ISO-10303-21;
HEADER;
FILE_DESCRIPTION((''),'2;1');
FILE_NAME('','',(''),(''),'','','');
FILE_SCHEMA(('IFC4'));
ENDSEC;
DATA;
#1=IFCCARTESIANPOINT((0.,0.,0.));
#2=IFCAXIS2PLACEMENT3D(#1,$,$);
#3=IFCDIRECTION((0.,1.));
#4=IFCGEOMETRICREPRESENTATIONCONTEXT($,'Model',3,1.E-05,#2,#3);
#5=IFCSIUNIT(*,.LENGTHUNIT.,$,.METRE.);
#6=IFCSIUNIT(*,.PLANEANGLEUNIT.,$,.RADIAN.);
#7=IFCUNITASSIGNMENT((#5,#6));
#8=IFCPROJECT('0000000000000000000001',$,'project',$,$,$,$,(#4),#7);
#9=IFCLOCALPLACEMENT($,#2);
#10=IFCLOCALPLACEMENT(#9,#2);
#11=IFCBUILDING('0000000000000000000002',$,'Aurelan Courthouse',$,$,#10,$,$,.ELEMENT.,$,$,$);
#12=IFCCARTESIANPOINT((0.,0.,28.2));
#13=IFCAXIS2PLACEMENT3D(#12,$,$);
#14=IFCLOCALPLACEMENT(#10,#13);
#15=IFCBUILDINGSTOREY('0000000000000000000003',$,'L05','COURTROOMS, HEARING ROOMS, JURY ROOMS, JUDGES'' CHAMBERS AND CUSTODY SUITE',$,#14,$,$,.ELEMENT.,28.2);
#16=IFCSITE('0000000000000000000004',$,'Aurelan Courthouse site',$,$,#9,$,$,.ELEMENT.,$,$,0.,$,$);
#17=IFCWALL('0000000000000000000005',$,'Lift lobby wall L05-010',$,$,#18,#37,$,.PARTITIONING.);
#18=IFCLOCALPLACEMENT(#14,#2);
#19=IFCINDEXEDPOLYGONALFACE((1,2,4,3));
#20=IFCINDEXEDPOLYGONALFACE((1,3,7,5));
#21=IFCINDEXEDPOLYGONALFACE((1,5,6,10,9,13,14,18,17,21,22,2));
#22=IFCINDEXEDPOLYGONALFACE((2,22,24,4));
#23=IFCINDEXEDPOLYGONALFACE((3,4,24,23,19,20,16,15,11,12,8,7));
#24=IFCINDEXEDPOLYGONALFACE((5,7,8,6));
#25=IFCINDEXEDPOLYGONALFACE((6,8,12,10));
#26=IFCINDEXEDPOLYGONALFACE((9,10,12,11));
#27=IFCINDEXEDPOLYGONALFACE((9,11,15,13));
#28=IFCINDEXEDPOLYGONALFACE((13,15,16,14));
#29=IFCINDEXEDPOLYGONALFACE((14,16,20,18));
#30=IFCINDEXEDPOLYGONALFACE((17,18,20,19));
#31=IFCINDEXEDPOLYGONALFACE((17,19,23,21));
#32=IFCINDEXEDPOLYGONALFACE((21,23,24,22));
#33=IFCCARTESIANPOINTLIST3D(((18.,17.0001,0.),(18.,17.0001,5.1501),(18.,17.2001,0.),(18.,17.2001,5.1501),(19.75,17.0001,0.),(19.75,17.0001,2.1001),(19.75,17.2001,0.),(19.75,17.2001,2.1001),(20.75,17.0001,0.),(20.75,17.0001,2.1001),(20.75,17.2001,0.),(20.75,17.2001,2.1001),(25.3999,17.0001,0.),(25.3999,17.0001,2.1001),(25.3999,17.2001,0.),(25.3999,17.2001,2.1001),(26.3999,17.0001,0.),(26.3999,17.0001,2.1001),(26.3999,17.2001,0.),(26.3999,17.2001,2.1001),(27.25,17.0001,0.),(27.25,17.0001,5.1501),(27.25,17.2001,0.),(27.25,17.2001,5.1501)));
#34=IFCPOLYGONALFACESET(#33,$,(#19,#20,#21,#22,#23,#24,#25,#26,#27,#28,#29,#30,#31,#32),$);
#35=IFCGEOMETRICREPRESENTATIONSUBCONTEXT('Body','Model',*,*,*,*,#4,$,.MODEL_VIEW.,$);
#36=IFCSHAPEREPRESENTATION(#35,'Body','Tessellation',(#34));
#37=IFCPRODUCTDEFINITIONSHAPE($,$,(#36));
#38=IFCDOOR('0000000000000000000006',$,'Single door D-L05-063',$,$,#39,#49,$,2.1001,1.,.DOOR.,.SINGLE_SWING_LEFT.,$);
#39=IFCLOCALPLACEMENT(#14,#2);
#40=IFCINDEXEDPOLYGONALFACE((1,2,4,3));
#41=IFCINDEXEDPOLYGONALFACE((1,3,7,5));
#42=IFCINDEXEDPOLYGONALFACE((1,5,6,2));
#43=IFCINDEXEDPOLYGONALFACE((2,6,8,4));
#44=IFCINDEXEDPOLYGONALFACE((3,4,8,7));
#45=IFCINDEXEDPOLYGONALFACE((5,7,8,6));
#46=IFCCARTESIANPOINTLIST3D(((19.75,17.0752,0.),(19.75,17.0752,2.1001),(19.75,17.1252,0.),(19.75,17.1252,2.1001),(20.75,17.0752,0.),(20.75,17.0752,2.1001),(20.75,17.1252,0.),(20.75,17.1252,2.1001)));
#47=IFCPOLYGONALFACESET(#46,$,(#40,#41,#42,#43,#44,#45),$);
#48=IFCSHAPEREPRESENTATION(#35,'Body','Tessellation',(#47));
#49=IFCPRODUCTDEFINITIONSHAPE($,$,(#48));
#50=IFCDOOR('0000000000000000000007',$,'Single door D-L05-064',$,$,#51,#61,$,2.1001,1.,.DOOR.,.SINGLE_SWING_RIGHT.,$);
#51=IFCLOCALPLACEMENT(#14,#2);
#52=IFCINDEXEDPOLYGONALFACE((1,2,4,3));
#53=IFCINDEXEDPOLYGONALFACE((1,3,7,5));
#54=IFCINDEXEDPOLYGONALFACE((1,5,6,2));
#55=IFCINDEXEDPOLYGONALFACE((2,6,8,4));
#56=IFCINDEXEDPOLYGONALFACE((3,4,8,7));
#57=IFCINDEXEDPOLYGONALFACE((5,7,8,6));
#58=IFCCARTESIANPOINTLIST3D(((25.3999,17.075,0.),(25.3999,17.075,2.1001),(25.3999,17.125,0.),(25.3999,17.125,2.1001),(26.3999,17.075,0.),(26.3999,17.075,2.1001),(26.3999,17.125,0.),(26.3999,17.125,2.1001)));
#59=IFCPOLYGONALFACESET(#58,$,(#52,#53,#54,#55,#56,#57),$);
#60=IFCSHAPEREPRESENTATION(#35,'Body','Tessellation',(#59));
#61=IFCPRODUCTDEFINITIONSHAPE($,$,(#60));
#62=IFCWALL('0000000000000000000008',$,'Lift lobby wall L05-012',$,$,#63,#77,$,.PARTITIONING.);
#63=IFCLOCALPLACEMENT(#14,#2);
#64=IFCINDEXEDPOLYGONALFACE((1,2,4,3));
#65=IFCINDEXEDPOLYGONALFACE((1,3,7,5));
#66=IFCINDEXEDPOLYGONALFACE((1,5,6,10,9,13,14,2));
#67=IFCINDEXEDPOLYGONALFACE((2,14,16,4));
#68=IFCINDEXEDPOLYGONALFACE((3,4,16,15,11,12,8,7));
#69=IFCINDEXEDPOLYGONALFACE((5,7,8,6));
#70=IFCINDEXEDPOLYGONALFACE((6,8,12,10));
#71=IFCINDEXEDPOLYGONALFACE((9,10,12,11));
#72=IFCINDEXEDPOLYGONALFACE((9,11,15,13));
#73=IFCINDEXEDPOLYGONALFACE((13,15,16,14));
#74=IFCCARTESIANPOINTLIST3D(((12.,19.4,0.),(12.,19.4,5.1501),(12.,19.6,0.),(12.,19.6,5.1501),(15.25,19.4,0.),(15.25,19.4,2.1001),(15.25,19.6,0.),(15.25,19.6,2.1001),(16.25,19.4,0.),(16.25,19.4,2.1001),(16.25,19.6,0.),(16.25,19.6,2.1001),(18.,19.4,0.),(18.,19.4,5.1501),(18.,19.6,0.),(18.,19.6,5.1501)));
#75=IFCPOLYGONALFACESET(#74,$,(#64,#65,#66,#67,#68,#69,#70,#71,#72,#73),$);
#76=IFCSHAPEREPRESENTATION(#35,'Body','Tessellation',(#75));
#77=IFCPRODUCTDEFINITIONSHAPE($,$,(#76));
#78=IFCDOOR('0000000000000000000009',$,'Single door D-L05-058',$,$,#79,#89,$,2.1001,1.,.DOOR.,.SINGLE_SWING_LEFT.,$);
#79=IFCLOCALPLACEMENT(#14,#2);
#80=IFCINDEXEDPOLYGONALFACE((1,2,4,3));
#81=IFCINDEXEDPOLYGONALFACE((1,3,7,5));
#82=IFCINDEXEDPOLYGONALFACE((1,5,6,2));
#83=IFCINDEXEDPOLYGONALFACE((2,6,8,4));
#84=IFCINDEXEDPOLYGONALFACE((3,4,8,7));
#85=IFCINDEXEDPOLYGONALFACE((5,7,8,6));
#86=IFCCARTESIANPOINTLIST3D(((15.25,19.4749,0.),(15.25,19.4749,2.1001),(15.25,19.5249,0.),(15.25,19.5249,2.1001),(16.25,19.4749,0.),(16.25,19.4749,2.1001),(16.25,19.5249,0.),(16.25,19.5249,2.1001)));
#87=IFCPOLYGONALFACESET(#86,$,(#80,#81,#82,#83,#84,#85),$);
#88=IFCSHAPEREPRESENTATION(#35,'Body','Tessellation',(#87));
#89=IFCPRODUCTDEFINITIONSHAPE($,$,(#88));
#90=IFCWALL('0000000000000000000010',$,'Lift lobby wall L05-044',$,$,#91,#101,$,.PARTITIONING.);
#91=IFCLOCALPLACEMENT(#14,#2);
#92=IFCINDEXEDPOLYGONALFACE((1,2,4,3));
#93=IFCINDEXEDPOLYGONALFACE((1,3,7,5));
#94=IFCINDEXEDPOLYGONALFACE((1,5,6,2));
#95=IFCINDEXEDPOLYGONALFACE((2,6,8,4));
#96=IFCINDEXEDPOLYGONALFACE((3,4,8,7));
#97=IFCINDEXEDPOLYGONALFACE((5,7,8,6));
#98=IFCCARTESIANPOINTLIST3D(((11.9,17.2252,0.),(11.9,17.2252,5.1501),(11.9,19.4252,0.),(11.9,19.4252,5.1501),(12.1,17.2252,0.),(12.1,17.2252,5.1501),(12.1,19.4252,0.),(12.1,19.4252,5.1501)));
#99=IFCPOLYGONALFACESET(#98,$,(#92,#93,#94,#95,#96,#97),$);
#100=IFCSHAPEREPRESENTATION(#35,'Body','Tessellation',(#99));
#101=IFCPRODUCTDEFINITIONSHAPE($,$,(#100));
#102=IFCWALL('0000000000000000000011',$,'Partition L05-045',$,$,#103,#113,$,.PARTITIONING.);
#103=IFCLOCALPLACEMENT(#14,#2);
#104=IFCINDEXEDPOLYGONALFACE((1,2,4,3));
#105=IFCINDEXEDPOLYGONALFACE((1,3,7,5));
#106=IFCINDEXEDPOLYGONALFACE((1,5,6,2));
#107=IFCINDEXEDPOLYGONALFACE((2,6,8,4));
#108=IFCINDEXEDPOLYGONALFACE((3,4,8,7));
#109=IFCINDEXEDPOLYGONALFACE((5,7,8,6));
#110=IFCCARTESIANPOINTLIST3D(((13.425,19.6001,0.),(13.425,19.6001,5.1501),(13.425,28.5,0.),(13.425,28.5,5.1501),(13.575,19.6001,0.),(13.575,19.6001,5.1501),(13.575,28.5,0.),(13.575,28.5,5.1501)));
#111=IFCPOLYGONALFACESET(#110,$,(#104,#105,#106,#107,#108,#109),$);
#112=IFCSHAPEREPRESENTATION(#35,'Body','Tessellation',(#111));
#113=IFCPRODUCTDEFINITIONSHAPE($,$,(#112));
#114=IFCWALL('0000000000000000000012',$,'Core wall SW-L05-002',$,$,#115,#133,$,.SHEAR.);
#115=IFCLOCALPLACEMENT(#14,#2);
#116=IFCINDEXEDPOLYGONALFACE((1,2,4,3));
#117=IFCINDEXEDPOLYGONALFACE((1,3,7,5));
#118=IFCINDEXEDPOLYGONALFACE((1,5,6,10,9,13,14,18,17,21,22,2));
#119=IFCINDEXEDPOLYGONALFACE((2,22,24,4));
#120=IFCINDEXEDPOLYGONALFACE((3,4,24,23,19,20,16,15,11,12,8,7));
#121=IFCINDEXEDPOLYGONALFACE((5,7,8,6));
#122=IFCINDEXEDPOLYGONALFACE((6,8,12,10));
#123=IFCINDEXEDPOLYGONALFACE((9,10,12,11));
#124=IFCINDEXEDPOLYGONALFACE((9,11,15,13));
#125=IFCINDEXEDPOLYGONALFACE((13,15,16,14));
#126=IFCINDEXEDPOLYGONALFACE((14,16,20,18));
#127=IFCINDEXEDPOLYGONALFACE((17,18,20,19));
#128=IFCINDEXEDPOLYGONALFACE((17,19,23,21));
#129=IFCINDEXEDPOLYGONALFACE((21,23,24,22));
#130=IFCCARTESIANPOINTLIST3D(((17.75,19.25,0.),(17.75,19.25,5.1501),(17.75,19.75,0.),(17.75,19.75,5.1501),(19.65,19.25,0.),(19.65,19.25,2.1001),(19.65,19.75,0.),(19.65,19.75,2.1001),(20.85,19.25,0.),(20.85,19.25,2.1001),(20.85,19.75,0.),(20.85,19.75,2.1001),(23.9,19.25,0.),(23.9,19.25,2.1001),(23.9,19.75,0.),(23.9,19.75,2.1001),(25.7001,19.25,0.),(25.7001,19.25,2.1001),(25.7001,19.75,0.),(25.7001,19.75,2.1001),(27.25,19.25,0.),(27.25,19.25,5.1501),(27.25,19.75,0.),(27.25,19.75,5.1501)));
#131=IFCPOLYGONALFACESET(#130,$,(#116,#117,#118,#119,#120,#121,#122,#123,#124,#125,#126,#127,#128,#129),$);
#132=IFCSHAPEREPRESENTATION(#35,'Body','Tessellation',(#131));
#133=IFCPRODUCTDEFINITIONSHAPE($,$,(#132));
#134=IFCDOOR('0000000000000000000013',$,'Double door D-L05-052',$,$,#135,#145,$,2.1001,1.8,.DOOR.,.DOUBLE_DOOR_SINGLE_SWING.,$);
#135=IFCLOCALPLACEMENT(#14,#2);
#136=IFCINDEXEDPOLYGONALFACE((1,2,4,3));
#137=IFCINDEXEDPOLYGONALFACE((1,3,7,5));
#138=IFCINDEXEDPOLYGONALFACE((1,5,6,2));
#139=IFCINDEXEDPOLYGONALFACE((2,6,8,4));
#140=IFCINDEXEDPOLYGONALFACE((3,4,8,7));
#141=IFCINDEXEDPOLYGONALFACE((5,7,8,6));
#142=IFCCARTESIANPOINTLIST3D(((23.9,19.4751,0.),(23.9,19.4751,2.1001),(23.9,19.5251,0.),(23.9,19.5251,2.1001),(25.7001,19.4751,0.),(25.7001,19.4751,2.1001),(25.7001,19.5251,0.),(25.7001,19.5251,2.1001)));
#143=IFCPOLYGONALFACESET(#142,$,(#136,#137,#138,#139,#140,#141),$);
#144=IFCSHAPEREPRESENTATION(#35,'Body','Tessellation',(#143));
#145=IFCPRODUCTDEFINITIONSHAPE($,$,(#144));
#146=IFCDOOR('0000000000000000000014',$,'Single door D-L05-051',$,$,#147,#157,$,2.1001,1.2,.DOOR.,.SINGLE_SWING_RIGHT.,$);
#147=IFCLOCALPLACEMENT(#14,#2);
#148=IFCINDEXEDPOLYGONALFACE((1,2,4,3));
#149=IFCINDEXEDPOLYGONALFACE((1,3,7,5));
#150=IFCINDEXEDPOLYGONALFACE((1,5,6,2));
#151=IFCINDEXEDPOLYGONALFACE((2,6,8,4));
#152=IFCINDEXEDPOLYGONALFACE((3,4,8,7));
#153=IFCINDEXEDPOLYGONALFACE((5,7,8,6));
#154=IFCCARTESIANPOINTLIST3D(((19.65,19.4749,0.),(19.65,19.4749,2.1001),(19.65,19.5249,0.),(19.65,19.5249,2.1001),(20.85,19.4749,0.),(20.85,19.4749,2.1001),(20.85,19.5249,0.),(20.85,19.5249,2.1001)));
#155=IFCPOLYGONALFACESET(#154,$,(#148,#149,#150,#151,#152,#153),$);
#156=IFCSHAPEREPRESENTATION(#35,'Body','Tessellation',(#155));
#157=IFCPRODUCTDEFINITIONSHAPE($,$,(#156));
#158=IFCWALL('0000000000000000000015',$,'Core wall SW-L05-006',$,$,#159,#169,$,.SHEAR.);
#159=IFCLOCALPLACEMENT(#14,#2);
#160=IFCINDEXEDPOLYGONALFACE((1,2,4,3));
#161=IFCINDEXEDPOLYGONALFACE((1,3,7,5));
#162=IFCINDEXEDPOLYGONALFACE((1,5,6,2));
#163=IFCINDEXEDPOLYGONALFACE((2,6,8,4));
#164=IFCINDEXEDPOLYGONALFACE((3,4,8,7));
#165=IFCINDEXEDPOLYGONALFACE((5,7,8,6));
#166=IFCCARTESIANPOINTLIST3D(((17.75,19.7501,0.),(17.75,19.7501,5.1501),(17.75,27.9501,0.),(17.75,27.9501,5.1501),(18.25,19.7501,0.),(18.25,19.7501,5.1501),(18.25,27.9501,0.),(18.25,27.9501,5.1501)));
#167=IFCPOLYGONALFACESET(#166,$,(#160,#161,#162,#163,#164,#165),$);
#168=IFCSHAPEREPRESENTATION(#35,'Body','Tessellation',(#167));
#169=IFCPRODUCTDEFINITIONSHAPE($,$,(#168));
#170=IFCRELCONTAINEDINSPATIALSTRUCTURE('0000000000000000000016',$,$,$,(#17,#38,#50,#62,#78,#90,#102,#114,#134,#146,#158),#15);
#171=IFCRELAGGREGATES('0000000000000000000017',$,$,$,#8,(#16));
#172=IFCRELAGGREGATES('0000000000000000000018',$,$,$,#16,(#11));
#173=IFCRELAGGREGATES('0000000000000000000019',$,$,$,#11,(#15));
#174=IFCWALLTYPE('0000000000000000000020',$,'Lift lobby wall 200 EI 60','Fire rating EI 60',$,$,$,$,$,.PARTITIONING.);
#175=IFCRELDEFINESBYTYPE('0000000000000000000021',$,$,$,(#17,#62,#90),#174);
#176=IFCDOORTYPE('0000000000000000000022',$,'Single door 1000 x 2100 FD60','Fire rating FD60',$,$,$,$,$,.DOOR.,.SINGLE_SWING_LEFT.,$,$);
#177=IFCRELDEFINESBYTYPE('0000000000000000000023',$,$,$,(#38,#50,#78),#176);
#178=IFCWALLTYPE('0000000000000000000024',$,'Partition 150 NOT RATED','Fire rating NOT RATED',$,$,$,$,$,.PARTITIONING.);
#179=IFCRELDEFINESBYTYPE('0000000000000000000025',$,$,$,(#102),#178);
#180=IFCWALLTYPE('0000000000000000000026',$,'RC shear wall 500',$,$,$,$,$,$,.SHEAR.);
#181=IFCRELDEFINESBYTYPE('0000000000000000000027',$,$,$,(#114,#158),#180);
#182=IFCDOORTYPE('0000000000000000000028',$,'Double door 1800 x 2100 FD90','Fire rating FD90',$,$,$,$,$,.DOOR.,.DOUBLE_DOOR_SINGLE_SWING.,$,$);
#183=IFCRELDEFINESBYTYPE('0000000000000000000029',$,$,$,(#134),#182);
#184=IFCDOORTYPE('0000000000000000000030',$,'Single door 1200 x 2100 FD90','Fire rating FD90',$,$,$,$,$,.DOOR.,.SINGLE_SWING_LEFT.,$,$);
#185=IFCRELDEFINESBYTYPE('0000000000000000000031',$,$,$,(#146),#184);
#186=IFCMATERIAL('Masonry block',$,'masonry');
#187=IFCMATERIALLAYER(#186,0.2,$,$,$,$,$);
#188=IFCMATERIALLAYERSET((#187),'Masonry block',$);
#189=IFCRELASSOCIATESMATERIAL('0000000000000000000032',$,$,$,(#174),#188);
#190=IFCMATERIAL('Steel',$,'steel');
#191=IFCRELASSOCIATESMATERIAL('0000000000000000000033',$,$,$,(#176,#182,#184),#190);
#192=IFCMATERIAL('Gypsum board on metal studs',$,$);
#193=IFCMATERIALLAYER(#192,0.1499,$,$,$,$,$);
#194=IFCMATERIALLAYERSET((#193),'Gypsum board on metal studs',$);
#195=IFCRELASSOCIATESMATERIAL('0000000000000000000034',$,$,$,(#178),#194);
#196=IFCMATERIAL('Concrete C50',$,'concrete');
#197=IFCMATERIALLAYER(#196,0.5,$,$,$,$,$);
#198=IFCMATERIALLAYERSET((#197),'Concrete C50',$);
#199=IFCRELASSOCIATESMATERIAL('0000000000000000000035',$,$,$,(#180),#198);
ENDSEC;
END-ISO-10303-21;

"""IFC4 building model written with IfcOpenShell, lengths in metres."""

from ifc_helpers import new_model, si_unit, direction, frame, frame_2d, origin, place, context, subcontext, project, spatial, rectangle, extrude, material, layer, layer_set, type_object, element, fill, save


model = new_model("IFC4")

# Units and contexts
model_context = context("Model", 3, precision=1e-05, world=origin(), true_north=direction((0.0, 1.0)))
body_context = subcontext(model_context, "Body", "Model", "MODEL_VIEW")
ifc_project = project(units=[si_unit("LENGTHUNIT", "METRE"), si_unit("PLANEANGLEUNIT", "RADIAN")], contexts=[model_context])

# Site, building, storey
site_placement = place(None, origin())
site = spatial("IfcSite", under=ifc_project, at=site_placement, Name="Aurelan Courthouse site", CompositionType="ELEMENT", RefElevation=0.0)
building_placement = place(site_placement, origin())
building = spatial("IfcBuilding", under=site, at=building_placement, Name="Aurelan Courthouse", CompositionType="ELEMENT")
storey_placement = place(building_placement, frame((0.0, 0.0, 28.2)))
storey = spatial("IfcBuildingStorey", under=building, at=storey_placement, Name="L05", Description="COURTROOMS, HEARING ROOMS, JURY ROOMS, JUDGES' CHAMBERS AND CUSTODY SUITE", CompositionType="ELEMENT", Elevation=28.2)

# Shared definitions
ifc_material_1 = material(Name="Concrete C50", Category="concrete")

# Shared definitions
ifc_material_2 = material(Name="Masonry block", Category="masonry")

# Wall, openings, doors
ifc_layer_1 = layer(ifc_material_2, 0.2)
ifc_layer_set_1 = layer_set([ifc_layer_1], Name="Masonry block")
wall_type_1 = type_object("IfcWallType", Name="Lift lobby wall 200 EI 60", Description="Fire rating EI 60", PredefinedType="PARTITIONING", material=ifc_layer_set_1)
wall_1_placement = place(storey_placement, frame((18.0, 17.1001, 0.0), z_axis=(0.0, 0.0, 1.0), x_axis=(1.0, 0.0, 0.0)))
wall_1 = element("IfcWall", 1, at=wall_1_placement, inside=storey, type_object=wall_type_1, Name="Lift lobby wall L05-010", PredefinedType="PARTITIONING", context=body_context, shape_type="SweptSolid", body=[
    extrude(rectangle(XDim=9.25, YDim=0.2, at=frame_2d((4.625, 0.0))), origin(), (0.0, 0.0, 1.0), 5.1501),
])
opening_1_placement = place(wall_1_placement, frame((2.75, 0.0, 0.0), z_axis=(0.0, 0.0, 1.0), x_axis=(-1.0, 0.0, 0.0)))
opening_1 = element("IfcOpeningElement", 2, at=opening_1_placement, cuts=wall_1, PredefinedType="OPENING", context=body_context, shape_type="SweptSolid", body=[
    extrude(rectangle(XDim=1.0, YDim=2.1001, at=frame_2d((0.5, 1.05))), frame((0.0, 0.1099, 0.0), z_axis=(0.0, -1.0, 0.0), x_axis=(1.0, 0.0, 0.0)), (0.0, 0.0, 1.0), 0.22),
])
opening_2_placement = place(wall_1_placement, frame((7.3999, 0.0, 0.0)))
opening_2 = element("IfcOpeningElement", 3, at=opening_2_placement, cuts=wall_1, PredefinedType="OPENING", context=body_context, shape_type="SweptSolid", body=[
    extrude(rectangle(XDim=1.0, YDim=2.1001, at=frame_2d((0.5, 1.05))), frame((0.0, 0.1099, 0.0), z_axis=(0.0, -1.0, 0.0), x_axis=(1.0, 0.0, 0.0)), (0.0, 0.0, 1.0), 0.22),
])
ifc_material_3 = material(Name="Steel", Category="steel")
door_type_1 = type_object("IfcDoorType", Name="Single door 1000 x 2100 FD60", Description="Fire rating FD60", OperationType="SINGLE_SWING_LEFT", PredefinedType="DOOR", material=ifc_material_3)
door_1_placement = place(opening_1_placement, origin())
door_1 = element("IfcDoor", 4, at=door_1_placement, inside=storey, type_object=door_type_1, Name="Single door D-L05-063", OperationType="SINGLE_SWING_LEFT", OverallHeight=2.1001, OverallWidth=1.0, PredefinedType="DOOR", context=body_context, shape_type="SweptSolid", body=[
    extrude(rectangle(XDim=1.0, YDim=2.1001, at=frame_2d((0.5, 1.05))), frame((0.0, 0.0249, 0.0), z_axis=(0.0, -1.0, 0.0), x_axis=(1.0, 0.0, 0.0)), (0.0, 0.0, 1.0), 0.05),
])
fill(opening_1, door_1)
door_2_placement = place(opening_2_placement, origin())
door_2 = element("IfcDoor", 5, at=door_2_placement, inside=storey, type_object=door_type_1, Name="Single door D-L05-064", OperationType="SINGLE_SWING_RIGHT", OverallHeight=2.1001, OverallWidth=1.0, PredefinedType="DOOR", context=body_context, shape_type="SweptSolid", body=[
    extrude(rectangle(XDim=1.0, YDim=2.1001, at=frame_2d((0.5, 1.05))), frame((0.0, 0.0249, 0.0), z_axis=(0.0, -1.0, 0.0), x_axis=(1.0, 0.0, 0.0)), (0.0, 0.0, 1.0), 0.05),
])
fill(opening_2, door_2)

# Wall, opening, door
wall_2_placement = place(storey_placement, frame((12.0, 19.5, 0.0), z_axis=(0.0, 0.0, 1.0), x_axis=(1.0, 0.0, 0.0)))
wall_2 = element("IfcWall", 6, at=wall_2_placement, inside=storey, type_object=wall_type_1, Name="Lift lobby wall L05-012", PredefinedType="PARTITIONING", context=body_context, shape_type="SweptSolid", body=[
    extrude(rectangle(XDim=6.0, YDim=0.2, at=frame_2d((3.0, 0.0))), origin(), (0.0, 0.0, 1.0), 5.1501),
])
opening_3_placement = place(wall_2_placement, frame((3.25, 0.0, 0.0)))
opening_3 = element("IfcOpeningElement", 7, at=opening_3_placement, cuts=wall_2, PredefinedType="OPENING", context=body_context, shape_type="SweptSolid", body=[
    extrude(rectangle(XDim=1.0, YDim=2.1001, at=frame_2d((0.5, 1.05))), frame((0.0, 0.1099, 0.0), z_axis=(0.0, -1.0, 0.0), x_axis=(1.0, 0.0, 0.0)), (0.0, 0.0, 1.0), 0.22),
])
door_3_placement = place(opening_3_placement, origin())
door_3 = element("IfcDoor", 8, at=door_3_placement, inside=storey, type_object=door_type_1, Name="Single door D-L05-058", OperationType="SINGLE_SWING_LEFT", OverallHeight=2.1001, OverallWidth=1.0, PredefinedType="DOOR", context=body_context, shape_type="SweptSolid", body=[
    extrude(rectangle(XDim=1.0, YDim=2.1001, at=frame_2d((0.5, 1.05))), frame((0.0, 0.0249, 0.0), z_axis=(0.0, -1.0, 0.0), x_axis=(1.0, 0.0, 0.0)), (0.0, 0.0, 1.0), 0.05),
])
fill(opening_3, door_3)

# Walls
wall_3_placement = place(storey_placement, frame((12.0, 17.2251, 0.0), z_axis=(0.0, 0.0, 1.0), x_axis=(0.0, 1.0, 0.0)))
element("IfcWall", 9, at=wall_3_placement, inside=storey, type_object=wall_type_1, Name="Lift lobby wall L05-044", PredefinedType="PARTITIONING", context=body_context, shape_type="SweptSolid", body=[
    extrude(rectangle(XDim=2.2, YDim=0.2, at=frame_2d((1.1001, 0.0))), origin(), (0.0, 0.0, 1.0), 5.1501),
])
ifc_material_4 = material(Name="Gypsum board on metal studs")
ifc_layer_2 = layer(ifc_material_4, 0.1499)
ifc_layer_set_2 = layer_set([ifc_layer_2], Name="Gypsum board on metal studs")
wall_type_2 = type_object("IfcWallType", Name="Partition 150 NOT RATED", Description="Fire rating NOT RATED", PredefinedType="PARTITIONING", material=ifc_layer_set_2)
wall_4_placement = place(storey_placement, frame((13.5, 19.6001, 0.0), z_axis=(0.0, 0.0, 1.0), x_axis=(0.0, 1.0, 0.0)))
element("IfcWall", 10, at=wall_4_placement, inside=storey, type_object=wall_type_2, Name="Partition L05-045", PredefinedType="PARTITIONING", context=body_context, shape_type="SweptSolid", body=[
    extrude(rectangle(XDim=8.8999, YDim=0.1499, at=frame_2d((4.45, 0.0))), origin(), (0.0, 0.0, 1.0), 5.1501),
])

# Wall, openings, doors
ifc_layer_3 = layer(ifc_material_1, 0.5)
ifc_layer_set_3 = layer_set([ifc_layer_3], Name="Concrete C50")
wall_type_3 = type_object("IfcWallType", Name="RC shear wall 500", PredefinedType="SHEAR", material=ifc_layer_set_3)
wall_5_placement = place(storey_placement, frame((17.75, 19.5, 0.0), z_axis=(0.0, 0.0, 1.0), x_axis=(1.0, 0.0, 0.0)))
wall_5 = element("IfcWall", 11, at=wall_5_placement, inside=storey, type_object=wall_type_3, Name="Core wall SW-L05-002", PredefinedType="SHEAR", context=body_context, shape_type="SweptSolid", body=[
    extrude(rectangle(XDim=9.5, YDim=0.5, at=frame_2d((4.75, 0.0))), origin(), (0.0, 0.0, 1.0), 5.1501),
])
opening_4_placement = place(wall_5_placement, frame((1.8999, 0.0, 0.0)))
opening_4 = element("IfcOpeningElement", 12, at=opening_4_placement, cuts=wall_5, PredefinedType="OPENING", context=body_context, shape_type="SweptSolid", body=[
    extrude(rectangle(XDim=1.2, YDim=2.1001, at=frame_2d((0.6001, 1.05))), frame((0.0, 0.26, 0.0), z_axis=(0.0, -1.0, 0.0), x_axis=(1.0, 0.0, 0.0)), (0.0, 0.0, 1.0), 0.52),
])
opening_5_placement = place(wall_5_placement, frame((7.95, 0.0, 0.0), z_axis=(0.0, 0.0, 1.0), x_axis=(-1.0, 0.0, 0.0)))
opening_5 = element("IfcOpeningElement", 13, at=opening_5_placement, cuts=wall_5, PredefinedType="OPENING", context=body_context, shape_type="SweptSolid", body=[
    extrude(rectangle(XDim=1.8, YDim=2.1001, at=frame_2d((0.8999, 1.05))), frame((0.0, 0.26, 0.0), z_axis=(0.0, -1.0, 0.0), x_axis=(1.0, 0.0, 0.0)), (0.0, 0.0, 1.0), 0.52),
])
door_type_2 = type_object("IfcDoorType", Name="Double door 1800 x 2100 FD90", Description="Fire rating FD90", OperationType="DOUBLE_DOOR_SINGLE_SWING", PredefinedType="DOOR", material=ifc_material_3)
door_4_placement = place(opening_5_placement, origin())
door_4 = element("IfcDoor", 14, at=door_4_placement, inside=storey, type_object=door_type_2, Name="Double door D-L05-052", OperationType="DOUBLE_DOOR_SINGLE_SWING", OverallHeight=2.1001, OverallWidth=1.8, PredefinedType="DOOR", context=body_context, shape_type="SweptSolid", body=[
    extrude(rectangle(XDim=1.8, YDim=2.1001, at=frame_2d((0.8999, 1.05))), frame((0.0, 0.0249, 0.0), z_axis=(0.0, -1.0, 0.0), x_axis=(1.0, 0.0, 0.0)), (0.0, 0.0, 1.0), 0.05),
])
fill(opening_5, door_4)
door_type_3 = type_object("IfcDoorType", Name="Single door 1200 x 2100 FD90", Description="Fire rating FD90", OperationType="SINGLE_SWING_LEFT", PredefinedType="DOOR", material=ifc_material_3)
door_5_placement = place(opening_4_placement, origin())
door_5 = element("IfcDoor", 15, at=door_5_placement, inside=storey, type_object=door_type_3, Name="Single door D-L05-051", OperationType="SINGLE_SWING_RIGHT", OverallHeight=2.1001, OverallWidth=1.2, PredefinedType="DOOR", context=body_context, shape_type="SweptSolid", body=[
    extrude(rectangle(XDim=1.2, YDim=2.1001, at=frame_2d((0.6001, 1.05))), frame((0.0, 0.0249, 0.0), z_axis=(0.0, -1.0, 0.0), x_axis=(1.0, 0.0, 0.0)), (0.0, 0.0, 1.0), 0.05),
])
fill(opening_4, door_5)

# Wall
wall_6_placement = place(storey_placement, frame((18.0, 19.75, 0.0), z_axis=(0.0, 0.0, 1.0), x_axis=(0.0, 1.0, 0.0)))
element("IfcWall", 16, at=wall_6_placement, inside=storey, type_object=wall_type_3, Name="Core wall SW-L05-006", PredefinedType="SHEAR", context=body_context, shape_type="SweptSolid", body=[
    extrude(rectangle(XDim=8.2, YDim=0.5, at=frame_2d((4.1001, 0.0))), origin(), (0.0, 0.0, 1.0), 5.1501),
])

save(model, "model.ifc")
